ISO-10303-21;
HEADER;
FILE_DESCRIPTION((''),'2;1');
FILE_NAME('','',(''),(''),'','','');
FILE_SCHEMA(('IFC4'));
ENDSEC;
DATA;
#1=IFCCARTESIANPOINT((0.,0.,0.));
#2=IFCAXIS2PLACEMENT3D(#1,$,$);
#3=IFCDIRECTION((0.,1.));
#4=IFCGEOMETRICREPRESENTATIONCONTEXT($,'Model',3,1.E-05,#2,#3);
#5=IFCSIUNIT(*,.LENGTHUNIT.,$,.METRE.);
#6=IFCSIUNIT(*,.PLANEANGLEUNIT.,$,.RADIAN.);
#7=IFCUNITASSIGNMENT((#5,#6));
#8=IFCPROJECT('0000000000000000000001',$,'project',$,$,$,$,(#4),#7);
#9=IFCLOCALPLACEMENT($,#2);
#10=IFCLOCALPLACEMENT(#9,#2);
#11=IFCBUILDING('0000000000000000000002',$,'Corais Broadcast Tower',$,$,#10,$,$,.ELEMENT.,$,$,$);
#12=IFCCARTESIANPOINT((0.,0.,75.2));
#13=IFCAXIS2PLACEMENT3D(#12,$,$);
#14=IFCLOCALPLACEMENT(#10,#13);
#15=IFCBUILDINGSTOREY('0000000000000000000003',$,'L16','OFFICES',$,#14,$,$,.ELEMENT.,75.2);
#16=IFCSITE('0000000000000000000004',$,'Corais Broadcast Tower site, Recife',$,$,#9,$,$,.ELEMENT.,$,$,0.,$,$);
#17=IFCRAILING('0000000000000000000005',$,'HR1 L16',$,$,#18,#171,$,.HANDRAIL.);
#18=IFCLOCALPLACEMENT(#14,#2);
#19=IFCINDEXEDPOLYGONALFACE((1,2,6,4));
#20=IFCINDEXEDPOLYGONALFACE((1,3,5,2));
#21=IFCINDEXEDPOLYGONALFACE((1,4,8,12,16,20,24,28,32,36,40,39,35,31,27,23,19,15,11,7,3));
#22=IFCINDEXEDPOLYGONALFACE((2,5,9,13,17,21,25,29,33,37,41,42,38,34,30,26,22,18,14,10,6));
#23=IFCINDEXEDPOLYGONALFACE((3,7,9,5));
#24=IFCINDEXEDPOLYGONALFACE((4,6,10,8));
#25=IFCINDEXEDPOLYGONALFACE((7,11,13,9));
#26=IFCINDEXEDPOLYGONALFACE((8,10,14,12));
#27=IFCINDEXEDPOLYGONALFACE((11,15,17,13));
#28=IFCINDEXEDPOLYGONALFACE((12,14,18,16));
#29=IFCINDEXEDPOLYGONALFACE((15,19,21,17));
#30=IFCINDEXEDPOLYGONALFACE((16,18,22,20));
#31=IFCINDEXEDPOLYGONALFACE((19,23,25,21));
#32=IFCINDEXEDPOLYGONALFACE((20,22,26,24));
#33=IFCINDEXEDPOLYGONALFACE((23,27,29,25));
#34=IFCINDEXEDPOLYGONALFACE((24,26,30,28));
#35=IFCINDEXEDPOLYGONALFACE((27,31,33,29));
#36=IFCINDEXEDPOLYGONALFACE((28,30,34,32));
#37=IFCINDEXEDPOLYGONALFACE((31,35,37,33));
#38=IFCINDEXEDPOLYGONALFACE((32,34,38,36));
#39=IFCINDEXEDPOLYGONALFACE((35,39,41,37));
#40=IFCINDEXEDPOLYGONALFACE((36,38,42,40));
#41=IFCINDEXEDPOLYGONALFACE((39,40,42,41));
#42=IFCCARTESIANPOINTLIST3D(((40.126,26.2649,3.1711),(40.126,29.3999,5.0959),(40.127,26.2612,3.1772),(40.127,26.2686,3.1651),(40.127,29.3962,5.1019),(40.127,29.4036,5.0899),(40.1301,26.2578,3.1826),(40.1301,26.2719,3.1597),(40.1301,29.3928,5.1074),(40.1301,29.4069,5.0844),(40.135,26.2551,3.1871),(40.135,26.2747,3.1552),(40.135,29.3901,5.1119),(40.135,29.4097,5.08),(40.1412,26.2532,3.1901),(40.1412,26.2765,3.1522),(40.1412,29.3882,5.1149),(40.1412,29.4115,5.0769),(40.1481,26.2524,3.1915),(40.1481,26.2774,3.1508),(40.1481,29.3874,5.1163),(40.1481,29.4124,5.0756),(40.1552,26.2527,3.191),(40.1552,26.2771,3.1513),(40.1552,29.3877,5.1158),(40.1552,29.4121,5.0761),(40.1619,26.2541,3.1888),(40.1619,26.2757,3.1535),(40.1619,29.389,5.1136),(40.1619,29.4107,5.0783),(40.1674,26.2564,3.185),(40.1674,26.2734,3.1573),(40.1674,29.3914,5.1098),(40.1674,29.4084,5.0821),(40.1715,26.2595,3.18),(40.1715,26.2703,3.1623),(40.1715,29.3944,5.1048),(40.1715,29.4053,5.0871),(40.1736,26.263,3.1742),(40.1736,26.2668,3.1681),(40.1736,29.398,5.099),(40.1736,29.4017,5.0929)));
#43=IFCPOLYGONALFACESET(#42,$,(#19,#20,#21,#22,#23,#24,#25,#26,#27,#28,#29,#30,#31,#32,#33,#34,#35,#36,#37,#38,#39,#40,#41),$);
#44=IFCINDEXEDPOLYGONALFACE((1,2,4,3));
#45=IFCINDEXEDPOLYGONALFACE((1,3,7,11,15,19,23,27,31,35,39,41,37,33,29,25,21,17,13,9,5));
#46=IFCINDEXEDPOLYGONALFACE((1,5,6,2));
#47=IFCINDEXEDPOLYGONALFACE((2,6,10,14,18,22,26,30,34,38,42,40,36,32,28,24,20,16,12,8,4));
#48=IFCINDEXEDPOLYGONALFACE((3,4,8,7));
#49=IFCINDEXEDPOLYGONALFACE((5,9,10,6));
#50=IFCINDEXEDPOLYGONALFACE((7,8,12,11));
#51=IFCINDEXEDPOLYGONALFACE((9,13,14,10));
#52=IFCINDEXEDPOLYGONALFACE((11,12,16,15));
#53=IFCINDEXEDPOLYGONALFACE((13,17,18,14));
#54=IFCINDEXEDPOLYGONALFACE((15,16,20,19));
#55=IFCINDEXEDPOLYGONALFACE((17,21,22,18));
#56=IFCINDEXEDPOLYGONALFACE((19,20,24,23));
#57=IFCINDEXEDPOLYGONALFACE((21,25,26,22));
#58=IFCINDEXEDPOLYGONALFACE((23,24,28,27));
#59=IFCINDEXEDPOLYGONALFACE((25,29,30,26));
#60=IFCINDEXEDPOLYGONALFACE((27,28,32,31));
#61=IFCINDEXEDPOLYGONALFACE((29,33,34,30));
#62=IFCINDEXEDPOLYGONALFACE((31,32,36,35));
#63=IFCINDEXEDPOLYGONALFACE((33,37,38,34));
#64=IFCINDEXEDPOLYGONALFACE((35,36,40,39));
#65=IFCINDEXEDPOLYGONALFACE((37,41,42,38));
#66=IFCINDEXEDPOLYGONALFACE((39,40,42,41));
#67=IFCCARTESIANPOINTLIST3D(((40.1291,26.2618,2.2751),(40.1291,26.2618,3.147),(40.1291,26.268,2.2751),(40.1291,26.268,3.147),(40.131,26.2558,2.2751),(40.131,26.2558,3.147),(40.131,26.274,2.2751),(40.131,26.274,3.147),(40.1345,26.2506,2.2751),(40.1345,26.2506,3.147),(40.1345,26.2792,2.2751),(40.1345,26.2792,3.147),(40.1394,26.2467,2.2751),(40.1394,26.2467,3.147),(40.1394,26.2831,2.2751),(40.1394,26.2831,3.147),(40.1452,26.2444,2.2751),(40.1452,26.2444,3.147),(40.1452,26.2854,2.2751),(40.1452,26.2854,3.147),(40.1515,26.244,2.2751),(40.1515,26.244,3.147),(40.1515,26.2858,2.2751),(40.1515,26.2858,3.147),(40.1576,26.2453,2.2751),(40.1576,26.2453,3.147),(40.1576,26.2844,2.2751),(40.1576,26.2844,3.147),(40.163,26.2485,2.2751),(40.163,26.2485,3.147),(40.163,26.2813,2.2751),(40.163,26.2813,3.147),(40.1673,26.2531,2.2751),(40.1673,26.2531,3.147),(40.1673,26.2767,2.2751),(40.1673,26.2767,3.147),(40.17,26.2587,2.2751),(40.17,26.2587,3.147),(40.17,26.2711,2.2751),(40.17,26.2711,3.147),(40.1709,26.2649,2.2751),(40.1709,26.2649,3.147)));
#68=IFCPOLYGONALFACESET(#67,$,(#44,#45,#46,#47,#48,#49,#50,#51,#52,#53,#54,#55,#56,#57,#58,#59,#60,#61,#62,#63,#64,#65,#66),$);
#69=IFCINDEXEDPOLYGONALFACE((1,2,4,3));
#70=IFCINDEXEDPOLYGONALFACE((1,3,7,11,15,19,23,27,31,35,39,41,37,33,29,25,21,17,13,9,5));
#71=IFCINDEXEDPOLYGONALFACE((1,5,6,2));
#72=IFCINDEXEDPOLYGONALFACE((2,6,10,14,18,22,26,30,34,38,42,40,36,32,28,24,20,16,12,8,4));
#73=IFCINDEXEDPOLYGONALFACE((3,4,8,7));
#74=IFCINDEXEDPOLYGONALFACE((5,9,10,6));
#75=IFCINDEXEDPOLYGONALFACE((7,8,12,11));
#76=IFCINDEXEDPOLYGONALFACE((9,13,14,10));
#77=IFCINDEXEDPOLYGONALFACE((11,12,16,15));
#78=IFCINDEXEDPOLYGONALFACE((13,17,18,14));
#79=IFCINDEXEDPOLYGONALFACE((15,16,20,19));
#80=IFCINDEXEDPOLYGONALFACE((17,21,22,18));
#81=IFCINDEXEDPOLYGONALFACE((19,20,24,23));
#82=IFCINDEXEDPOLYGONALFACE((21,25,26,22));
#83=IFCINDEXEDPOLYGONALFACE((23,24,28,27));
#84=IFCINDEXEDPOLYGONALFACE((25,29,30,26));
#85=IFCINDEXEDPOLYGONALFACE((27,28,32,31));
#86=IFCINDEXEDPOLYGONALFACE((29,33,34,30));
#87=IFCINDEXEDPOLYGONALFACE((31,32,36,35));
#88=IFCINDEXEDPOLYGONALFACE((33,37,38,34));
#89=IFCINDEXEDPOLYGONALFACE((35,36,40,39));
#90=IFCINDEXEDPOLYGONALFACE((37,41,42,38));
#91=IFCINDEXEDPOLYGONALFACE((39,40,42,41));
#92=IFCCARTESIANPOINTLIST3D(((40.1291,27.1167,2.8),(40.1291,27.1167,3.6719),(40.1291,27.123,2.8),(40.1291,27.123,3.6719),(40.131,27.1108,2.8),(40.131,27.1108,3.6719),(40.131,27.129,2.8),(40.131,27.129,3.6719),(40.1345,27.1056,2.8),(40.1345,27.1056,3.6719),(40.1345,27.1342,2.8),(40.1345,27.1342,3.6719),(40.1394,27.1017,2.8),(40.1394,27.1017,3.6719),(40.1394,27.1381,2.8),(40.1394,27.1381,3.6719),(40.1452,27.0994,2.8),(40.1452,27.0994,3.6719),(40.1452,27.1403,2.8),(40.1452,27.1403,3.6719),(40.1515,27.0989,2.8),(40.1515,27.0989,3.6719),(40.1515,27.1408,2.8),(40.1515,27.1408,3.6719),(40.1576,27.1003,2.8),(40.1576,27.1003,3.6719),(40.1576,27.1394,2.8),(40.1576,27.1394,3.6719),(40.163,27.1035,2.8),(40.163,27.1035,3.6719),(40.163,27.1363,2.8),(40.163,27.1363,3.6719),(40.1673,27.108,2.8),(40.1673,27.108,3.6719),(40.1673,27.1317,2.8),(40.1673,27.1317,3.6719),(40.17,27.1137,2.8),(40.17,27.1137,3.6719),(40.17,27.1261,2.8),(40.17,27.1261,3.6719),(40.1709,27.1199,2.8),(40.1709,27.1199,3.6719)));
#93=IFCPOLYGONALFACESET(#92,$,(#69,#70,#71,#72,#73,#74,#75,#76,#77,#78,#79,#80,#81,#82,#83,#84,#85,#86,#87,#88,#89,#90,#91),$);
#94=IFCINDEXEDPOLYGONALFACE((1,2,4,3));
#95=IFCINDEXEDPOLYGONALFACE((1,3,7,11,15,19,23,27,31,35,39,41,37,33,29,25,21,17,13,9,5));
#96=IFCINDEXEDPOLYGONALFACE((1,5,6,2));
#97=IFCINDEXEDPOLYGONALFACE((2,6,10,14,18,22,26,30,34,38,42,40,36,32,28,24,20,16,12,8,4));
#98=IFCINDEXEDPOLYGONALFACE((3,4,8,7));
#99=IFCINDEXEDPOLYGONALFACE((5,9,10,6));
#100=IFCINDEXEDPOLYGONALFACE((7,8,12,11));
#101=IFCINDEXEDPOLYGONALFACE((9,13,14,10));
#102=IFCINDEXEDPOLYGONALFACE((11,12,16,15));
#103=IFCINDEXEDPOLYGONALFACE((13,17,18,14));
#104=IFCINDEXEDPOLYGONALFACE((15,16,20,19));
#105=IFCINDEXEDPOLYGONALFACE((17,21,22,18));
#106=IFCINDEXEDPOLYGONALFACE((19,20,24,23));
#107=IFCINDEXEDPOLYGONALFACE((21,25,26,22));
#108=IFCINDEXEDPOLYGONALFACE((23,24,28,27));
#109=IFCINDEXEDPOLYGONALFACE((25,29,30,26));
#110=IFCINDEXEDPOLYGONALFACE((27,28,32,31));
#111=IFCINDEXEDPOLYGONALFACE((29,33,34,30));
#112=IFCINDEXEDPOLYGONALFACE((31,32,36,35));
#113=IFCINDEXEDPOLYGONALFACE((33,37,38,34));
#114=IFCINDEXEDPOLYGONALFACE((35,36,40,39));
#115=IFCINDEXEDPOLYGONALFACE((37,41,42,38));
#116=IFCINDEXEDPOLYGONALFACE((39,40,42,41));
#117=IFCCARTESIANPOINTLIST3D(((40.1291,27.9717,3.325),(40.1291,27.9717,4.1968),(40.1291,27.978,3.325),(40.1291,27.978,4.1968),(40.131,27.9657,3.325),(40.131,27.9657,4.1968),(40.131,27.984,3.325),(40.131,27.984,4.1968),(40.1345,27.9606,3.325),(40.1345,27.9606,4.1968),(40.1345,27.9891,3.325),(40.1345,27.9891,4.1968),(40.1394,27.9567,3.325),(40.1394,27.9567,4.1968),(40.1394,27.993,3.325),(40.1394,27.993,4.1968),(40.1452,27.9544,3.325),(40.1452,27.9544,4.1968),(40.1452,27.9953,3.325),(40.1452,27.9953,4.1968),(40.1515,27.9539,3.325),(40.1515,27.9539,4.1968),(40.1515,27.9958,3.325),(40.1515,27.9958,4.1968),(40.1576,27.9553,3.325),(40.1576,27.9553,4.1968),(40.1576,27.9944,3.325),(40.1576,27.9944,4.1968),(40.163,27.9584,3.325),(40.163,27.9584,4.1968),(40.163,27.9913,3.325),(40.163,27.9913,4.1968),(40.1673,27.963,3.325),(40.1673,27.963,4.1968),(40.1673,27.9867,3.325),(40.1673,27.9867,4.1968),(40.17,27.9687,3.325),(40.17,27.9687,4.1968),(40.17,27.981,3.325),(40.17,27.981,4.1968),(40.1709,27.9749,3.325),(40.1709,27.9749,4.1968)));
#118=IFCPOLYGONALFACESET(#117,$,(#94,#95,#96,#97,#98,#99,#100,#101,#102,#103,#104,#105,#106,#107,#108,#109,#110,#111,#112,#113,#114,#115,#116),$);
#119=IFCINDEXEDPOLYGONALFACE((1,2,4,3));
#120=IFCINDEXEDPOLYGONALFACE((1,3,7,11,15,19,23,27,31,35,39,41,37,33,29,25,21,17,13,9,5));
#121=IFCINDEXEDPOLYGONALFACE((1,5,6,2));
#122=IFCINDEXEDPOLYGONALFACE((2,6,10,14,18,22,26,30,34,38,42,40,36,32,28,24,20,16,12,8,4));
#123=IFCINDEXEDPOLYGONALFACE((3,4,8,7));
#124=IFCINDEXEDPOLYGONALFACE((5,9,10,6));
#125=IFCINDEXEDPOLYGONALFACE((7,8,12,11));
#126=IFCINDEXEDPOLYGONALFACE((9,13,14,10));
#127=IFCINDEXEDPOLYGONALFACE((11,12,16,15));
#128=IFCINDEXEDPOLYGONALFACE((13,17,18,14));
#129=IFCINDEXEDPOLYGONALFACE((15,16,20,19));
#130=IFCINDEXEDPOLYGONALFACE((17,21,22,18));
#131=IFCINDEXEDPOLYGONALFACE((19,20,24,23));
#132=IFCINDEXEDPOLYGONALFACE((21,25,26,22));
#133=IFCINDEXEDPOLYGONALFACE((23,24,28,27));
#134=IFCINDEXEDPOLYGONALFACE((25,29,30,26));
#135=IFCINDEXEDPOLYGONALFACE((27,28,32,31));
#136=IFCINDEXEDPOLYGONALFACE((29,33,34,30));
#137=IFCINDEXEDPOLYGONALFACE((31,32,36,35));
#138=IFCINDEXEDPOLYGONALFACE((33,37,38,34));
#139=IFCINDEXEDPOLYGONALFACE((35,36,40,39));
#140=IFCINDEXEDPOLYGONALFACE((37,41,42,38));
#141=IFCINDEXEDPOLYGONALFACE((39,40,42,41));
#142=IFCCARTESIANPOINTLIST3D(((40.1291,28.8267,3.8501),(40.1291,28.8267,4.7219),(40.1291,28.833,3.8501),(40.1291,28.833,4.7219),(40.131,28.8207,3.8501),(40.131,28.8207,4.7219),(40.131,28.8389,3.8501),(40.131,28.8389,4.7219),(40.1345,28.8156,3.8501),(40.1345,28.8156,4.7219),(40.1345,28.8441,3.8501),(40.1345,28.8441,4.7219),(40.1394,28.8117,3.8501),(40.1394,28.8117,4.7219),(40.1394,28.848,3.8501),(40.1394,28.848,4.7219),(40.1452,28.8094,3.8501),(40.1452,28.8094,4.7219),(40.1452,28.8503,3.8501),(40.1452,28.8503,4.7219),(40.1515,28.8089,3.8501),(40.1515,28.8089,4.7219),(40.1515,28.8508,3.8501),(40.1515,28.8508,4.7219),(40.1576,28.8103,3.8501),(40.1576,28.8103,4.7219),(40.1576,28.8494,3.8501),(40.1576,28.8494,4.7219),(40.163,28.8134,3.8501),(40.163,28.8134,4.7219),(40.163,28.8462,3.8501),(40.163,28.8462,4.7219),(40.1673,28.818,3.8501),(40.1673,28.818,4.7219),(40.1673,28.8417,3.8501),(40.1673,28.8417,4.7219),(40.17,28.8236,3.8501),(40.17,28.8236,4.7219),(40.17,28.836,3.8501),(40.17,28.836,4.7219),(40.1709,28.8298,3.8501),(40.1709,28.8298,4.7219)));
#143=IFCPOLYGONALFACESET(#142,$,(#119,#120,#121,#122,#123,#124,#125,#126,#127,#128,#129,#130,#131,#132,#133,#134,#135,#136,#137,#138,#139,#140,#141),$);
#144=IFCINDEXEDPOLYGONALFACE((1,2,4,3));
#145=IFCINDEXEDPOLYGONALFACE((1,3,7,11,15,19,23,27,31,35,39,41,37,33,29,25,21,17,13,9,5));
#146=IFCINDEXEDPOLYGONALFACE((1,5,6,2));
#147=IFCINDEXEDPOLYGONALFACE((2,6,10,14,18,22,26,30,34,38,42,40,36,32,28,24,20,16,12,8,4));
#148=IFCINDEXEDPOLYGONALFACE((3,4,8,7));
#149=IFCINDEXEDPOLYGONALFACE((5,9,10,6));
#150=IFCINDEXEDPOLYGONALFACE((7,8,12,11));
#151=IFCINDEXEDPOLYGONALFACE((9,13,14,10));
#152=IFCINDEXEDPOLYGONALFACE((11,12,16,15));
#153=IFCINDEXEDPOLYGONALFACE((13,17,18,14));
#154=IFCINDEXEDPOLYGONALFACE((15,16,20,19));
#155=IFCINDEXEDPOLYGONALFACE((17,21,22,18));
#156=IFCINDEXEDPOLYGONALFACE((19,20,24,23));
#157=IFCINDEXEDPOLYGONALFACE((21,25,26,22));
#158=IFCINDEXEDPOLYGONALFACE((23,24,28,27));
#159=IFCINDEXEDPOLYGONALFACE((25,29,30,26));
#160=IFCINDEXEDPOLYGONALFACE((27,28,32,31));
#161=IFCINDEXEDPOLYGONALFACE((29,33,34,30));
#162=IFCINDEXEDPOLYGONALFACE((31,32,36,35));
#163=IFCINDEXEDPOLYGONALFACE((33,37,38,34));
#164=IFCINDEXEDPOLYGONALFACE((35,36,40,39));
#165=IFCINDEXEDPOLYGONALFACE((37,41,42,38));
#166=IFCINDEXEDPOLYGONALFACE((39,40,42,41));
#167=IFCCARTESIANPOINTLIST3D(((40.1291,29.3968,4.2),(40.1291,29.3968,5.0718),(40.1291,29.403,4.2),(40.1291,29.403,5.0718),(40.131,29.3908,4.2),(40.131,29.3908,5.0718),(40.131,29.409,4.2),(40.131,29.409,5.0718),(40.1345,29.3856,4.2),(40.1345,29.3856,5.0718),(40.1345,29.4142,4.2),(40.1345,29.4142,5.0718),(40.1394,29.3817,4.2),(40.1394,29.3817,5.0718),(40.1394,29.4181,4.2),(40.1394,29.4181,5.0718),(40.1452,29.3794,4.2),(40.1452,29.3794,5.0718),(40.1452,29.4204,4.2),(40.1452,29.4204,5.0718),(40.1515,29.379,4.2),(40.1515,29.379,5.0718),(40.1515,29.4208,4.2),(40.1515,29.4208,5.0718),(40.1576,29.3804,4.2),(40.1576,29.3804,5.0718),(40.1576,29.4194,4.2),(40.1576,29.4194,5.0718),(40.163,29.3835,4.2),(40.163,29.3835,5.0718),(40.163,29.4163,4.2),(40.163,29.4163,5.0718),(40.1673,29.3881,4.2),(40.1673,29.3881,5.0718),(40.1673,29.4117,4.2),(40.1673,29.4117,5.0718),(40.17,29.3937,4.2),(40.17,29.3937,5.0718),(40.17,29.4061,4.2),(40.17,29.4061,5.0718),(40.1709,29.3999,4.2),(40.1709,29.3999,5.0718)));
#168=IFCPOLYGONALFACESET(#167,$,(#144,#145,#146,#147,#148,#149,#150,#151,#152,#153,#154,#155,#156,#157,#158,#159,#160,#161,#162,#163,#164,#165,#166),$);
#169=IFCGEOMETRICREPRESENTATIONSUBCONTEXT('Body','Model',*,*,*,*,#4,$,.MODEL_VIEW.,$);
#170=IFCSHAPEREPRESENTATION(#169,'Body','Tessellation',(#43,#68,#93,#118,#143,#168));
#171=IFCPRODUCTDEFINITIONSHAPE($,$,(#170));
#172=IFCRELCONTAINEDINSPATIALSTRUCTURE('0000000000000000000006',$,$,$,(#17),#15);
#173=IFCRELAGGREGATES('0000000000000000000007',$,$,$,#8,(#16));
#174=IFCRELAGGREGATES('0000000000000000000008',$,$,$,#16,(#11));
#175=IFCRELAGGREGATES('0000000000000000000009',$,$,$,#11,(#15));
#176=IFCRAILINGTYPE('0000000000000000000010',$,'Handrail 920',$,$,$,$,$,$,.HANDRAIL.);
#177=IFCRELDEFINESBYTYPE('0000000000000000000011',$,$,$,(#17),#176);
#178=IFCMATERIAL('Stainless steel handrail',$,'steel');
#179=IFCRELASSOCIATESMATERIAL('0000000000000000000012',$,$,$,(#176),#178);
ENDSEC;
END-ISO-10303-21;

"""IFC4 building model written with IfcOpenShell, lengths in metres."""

from ifc_helpers import new_model, si_unit, direction, frame, origin, origin_2d, place, context, subcontext, project, spatial, circle, extrude, material, type_object, element, save


model = new_model("IFC4")

# Units and contexts
model_context = context("Model", 3, precision=1e-05, world=origin(), true_north=direction((0.0, 1.0)))
body_context = subcontext(model_context, "Body", "Model", "MODEL_VIEW")
ifc_project = project(units=[si_unit("LENGTHUNIT", "METRE"), si_unit("PLANEANGLEUNIT", "RADIAN")], contexts=[model_context])

# Site, building, storey
site_placement = place(None, origin())
site = spatial("IfcSite", under=ifc_project, at=site_placement, Name="Corais Broadcast Tower site, Recife", CompositionType="ELEMENT", RefElevation=0.0)
building_placement = place(site_placement, origin())
building = spatial("IfcBuilding", under=site, at=building_placement, Name="Corais Broadcast Tower", CompositionType="ELEMENT")
storey_placement = place(building_placement, frame((0.0, 0.0, 75.2)))
storey = spatial("IfcBuildingStorey", under=building, at=storey_placement, Name="L16", Description="OFFICES", CompositionType="ELEMENT", Elevation=75.2)

# Railing
ifc_material_1 = material(Name="Stainless steel handrail", Category="steel")
railing_type = type_object("IfcRailingType", Name="Handrail 920", PredefinedType="HANDRAIL", material=ifc_material_1)
for number, where, name in (
    (1, (40.1499, 26.2649, 2.2751), "HR1 L16"),
):
    element("IfcRailing", number, at=place(storey_placement, frame(where)), inside=storey, type_object=railing_type, Name=name, PredefinedType="HANDRAIL", context=body_context, shape_type="SweptSolid", body=[
        extrude(circle(Radius=0.0239, at=origin_2d()), frame((0.0, 0.0, 0.896), z_axis=(0.0, 0.852196, 0.523223), x_axis=(-1.0, 0.0, 0.0)), (0.0, 0.0, 1.0), 3.6787),
        extrude(circle(Radius=0.021, at=origin_2d()), origin(), (0.0, 0.0, 1.0), 0.8718),
        extrude(circle(Radius=0.021, at=origin_2d()), frame((0.0, 0.855, 0.5249)), (0.0, 0.0, 1.0), 0.8718),
        extrude(circle(Radius=0.021, at=origin_2d()), frame((0.0, 1.71, 1.0498)), (0.0, 0.0, 1.0), 0.8718),
        extrude(circle(Radius=0.021, at=origin_2d()), frame((0.0, 2.5649, 1.575)), (0.0, 0.0, 1.0), 0.8718),
        extrude(circle(Radius=0.021, at=origin_2d()), frame((0.0, 3.135, 1.9248)), (0.0, 0.0, 1.0), 0.8718),
    ])

save(model, "model.ifc")
